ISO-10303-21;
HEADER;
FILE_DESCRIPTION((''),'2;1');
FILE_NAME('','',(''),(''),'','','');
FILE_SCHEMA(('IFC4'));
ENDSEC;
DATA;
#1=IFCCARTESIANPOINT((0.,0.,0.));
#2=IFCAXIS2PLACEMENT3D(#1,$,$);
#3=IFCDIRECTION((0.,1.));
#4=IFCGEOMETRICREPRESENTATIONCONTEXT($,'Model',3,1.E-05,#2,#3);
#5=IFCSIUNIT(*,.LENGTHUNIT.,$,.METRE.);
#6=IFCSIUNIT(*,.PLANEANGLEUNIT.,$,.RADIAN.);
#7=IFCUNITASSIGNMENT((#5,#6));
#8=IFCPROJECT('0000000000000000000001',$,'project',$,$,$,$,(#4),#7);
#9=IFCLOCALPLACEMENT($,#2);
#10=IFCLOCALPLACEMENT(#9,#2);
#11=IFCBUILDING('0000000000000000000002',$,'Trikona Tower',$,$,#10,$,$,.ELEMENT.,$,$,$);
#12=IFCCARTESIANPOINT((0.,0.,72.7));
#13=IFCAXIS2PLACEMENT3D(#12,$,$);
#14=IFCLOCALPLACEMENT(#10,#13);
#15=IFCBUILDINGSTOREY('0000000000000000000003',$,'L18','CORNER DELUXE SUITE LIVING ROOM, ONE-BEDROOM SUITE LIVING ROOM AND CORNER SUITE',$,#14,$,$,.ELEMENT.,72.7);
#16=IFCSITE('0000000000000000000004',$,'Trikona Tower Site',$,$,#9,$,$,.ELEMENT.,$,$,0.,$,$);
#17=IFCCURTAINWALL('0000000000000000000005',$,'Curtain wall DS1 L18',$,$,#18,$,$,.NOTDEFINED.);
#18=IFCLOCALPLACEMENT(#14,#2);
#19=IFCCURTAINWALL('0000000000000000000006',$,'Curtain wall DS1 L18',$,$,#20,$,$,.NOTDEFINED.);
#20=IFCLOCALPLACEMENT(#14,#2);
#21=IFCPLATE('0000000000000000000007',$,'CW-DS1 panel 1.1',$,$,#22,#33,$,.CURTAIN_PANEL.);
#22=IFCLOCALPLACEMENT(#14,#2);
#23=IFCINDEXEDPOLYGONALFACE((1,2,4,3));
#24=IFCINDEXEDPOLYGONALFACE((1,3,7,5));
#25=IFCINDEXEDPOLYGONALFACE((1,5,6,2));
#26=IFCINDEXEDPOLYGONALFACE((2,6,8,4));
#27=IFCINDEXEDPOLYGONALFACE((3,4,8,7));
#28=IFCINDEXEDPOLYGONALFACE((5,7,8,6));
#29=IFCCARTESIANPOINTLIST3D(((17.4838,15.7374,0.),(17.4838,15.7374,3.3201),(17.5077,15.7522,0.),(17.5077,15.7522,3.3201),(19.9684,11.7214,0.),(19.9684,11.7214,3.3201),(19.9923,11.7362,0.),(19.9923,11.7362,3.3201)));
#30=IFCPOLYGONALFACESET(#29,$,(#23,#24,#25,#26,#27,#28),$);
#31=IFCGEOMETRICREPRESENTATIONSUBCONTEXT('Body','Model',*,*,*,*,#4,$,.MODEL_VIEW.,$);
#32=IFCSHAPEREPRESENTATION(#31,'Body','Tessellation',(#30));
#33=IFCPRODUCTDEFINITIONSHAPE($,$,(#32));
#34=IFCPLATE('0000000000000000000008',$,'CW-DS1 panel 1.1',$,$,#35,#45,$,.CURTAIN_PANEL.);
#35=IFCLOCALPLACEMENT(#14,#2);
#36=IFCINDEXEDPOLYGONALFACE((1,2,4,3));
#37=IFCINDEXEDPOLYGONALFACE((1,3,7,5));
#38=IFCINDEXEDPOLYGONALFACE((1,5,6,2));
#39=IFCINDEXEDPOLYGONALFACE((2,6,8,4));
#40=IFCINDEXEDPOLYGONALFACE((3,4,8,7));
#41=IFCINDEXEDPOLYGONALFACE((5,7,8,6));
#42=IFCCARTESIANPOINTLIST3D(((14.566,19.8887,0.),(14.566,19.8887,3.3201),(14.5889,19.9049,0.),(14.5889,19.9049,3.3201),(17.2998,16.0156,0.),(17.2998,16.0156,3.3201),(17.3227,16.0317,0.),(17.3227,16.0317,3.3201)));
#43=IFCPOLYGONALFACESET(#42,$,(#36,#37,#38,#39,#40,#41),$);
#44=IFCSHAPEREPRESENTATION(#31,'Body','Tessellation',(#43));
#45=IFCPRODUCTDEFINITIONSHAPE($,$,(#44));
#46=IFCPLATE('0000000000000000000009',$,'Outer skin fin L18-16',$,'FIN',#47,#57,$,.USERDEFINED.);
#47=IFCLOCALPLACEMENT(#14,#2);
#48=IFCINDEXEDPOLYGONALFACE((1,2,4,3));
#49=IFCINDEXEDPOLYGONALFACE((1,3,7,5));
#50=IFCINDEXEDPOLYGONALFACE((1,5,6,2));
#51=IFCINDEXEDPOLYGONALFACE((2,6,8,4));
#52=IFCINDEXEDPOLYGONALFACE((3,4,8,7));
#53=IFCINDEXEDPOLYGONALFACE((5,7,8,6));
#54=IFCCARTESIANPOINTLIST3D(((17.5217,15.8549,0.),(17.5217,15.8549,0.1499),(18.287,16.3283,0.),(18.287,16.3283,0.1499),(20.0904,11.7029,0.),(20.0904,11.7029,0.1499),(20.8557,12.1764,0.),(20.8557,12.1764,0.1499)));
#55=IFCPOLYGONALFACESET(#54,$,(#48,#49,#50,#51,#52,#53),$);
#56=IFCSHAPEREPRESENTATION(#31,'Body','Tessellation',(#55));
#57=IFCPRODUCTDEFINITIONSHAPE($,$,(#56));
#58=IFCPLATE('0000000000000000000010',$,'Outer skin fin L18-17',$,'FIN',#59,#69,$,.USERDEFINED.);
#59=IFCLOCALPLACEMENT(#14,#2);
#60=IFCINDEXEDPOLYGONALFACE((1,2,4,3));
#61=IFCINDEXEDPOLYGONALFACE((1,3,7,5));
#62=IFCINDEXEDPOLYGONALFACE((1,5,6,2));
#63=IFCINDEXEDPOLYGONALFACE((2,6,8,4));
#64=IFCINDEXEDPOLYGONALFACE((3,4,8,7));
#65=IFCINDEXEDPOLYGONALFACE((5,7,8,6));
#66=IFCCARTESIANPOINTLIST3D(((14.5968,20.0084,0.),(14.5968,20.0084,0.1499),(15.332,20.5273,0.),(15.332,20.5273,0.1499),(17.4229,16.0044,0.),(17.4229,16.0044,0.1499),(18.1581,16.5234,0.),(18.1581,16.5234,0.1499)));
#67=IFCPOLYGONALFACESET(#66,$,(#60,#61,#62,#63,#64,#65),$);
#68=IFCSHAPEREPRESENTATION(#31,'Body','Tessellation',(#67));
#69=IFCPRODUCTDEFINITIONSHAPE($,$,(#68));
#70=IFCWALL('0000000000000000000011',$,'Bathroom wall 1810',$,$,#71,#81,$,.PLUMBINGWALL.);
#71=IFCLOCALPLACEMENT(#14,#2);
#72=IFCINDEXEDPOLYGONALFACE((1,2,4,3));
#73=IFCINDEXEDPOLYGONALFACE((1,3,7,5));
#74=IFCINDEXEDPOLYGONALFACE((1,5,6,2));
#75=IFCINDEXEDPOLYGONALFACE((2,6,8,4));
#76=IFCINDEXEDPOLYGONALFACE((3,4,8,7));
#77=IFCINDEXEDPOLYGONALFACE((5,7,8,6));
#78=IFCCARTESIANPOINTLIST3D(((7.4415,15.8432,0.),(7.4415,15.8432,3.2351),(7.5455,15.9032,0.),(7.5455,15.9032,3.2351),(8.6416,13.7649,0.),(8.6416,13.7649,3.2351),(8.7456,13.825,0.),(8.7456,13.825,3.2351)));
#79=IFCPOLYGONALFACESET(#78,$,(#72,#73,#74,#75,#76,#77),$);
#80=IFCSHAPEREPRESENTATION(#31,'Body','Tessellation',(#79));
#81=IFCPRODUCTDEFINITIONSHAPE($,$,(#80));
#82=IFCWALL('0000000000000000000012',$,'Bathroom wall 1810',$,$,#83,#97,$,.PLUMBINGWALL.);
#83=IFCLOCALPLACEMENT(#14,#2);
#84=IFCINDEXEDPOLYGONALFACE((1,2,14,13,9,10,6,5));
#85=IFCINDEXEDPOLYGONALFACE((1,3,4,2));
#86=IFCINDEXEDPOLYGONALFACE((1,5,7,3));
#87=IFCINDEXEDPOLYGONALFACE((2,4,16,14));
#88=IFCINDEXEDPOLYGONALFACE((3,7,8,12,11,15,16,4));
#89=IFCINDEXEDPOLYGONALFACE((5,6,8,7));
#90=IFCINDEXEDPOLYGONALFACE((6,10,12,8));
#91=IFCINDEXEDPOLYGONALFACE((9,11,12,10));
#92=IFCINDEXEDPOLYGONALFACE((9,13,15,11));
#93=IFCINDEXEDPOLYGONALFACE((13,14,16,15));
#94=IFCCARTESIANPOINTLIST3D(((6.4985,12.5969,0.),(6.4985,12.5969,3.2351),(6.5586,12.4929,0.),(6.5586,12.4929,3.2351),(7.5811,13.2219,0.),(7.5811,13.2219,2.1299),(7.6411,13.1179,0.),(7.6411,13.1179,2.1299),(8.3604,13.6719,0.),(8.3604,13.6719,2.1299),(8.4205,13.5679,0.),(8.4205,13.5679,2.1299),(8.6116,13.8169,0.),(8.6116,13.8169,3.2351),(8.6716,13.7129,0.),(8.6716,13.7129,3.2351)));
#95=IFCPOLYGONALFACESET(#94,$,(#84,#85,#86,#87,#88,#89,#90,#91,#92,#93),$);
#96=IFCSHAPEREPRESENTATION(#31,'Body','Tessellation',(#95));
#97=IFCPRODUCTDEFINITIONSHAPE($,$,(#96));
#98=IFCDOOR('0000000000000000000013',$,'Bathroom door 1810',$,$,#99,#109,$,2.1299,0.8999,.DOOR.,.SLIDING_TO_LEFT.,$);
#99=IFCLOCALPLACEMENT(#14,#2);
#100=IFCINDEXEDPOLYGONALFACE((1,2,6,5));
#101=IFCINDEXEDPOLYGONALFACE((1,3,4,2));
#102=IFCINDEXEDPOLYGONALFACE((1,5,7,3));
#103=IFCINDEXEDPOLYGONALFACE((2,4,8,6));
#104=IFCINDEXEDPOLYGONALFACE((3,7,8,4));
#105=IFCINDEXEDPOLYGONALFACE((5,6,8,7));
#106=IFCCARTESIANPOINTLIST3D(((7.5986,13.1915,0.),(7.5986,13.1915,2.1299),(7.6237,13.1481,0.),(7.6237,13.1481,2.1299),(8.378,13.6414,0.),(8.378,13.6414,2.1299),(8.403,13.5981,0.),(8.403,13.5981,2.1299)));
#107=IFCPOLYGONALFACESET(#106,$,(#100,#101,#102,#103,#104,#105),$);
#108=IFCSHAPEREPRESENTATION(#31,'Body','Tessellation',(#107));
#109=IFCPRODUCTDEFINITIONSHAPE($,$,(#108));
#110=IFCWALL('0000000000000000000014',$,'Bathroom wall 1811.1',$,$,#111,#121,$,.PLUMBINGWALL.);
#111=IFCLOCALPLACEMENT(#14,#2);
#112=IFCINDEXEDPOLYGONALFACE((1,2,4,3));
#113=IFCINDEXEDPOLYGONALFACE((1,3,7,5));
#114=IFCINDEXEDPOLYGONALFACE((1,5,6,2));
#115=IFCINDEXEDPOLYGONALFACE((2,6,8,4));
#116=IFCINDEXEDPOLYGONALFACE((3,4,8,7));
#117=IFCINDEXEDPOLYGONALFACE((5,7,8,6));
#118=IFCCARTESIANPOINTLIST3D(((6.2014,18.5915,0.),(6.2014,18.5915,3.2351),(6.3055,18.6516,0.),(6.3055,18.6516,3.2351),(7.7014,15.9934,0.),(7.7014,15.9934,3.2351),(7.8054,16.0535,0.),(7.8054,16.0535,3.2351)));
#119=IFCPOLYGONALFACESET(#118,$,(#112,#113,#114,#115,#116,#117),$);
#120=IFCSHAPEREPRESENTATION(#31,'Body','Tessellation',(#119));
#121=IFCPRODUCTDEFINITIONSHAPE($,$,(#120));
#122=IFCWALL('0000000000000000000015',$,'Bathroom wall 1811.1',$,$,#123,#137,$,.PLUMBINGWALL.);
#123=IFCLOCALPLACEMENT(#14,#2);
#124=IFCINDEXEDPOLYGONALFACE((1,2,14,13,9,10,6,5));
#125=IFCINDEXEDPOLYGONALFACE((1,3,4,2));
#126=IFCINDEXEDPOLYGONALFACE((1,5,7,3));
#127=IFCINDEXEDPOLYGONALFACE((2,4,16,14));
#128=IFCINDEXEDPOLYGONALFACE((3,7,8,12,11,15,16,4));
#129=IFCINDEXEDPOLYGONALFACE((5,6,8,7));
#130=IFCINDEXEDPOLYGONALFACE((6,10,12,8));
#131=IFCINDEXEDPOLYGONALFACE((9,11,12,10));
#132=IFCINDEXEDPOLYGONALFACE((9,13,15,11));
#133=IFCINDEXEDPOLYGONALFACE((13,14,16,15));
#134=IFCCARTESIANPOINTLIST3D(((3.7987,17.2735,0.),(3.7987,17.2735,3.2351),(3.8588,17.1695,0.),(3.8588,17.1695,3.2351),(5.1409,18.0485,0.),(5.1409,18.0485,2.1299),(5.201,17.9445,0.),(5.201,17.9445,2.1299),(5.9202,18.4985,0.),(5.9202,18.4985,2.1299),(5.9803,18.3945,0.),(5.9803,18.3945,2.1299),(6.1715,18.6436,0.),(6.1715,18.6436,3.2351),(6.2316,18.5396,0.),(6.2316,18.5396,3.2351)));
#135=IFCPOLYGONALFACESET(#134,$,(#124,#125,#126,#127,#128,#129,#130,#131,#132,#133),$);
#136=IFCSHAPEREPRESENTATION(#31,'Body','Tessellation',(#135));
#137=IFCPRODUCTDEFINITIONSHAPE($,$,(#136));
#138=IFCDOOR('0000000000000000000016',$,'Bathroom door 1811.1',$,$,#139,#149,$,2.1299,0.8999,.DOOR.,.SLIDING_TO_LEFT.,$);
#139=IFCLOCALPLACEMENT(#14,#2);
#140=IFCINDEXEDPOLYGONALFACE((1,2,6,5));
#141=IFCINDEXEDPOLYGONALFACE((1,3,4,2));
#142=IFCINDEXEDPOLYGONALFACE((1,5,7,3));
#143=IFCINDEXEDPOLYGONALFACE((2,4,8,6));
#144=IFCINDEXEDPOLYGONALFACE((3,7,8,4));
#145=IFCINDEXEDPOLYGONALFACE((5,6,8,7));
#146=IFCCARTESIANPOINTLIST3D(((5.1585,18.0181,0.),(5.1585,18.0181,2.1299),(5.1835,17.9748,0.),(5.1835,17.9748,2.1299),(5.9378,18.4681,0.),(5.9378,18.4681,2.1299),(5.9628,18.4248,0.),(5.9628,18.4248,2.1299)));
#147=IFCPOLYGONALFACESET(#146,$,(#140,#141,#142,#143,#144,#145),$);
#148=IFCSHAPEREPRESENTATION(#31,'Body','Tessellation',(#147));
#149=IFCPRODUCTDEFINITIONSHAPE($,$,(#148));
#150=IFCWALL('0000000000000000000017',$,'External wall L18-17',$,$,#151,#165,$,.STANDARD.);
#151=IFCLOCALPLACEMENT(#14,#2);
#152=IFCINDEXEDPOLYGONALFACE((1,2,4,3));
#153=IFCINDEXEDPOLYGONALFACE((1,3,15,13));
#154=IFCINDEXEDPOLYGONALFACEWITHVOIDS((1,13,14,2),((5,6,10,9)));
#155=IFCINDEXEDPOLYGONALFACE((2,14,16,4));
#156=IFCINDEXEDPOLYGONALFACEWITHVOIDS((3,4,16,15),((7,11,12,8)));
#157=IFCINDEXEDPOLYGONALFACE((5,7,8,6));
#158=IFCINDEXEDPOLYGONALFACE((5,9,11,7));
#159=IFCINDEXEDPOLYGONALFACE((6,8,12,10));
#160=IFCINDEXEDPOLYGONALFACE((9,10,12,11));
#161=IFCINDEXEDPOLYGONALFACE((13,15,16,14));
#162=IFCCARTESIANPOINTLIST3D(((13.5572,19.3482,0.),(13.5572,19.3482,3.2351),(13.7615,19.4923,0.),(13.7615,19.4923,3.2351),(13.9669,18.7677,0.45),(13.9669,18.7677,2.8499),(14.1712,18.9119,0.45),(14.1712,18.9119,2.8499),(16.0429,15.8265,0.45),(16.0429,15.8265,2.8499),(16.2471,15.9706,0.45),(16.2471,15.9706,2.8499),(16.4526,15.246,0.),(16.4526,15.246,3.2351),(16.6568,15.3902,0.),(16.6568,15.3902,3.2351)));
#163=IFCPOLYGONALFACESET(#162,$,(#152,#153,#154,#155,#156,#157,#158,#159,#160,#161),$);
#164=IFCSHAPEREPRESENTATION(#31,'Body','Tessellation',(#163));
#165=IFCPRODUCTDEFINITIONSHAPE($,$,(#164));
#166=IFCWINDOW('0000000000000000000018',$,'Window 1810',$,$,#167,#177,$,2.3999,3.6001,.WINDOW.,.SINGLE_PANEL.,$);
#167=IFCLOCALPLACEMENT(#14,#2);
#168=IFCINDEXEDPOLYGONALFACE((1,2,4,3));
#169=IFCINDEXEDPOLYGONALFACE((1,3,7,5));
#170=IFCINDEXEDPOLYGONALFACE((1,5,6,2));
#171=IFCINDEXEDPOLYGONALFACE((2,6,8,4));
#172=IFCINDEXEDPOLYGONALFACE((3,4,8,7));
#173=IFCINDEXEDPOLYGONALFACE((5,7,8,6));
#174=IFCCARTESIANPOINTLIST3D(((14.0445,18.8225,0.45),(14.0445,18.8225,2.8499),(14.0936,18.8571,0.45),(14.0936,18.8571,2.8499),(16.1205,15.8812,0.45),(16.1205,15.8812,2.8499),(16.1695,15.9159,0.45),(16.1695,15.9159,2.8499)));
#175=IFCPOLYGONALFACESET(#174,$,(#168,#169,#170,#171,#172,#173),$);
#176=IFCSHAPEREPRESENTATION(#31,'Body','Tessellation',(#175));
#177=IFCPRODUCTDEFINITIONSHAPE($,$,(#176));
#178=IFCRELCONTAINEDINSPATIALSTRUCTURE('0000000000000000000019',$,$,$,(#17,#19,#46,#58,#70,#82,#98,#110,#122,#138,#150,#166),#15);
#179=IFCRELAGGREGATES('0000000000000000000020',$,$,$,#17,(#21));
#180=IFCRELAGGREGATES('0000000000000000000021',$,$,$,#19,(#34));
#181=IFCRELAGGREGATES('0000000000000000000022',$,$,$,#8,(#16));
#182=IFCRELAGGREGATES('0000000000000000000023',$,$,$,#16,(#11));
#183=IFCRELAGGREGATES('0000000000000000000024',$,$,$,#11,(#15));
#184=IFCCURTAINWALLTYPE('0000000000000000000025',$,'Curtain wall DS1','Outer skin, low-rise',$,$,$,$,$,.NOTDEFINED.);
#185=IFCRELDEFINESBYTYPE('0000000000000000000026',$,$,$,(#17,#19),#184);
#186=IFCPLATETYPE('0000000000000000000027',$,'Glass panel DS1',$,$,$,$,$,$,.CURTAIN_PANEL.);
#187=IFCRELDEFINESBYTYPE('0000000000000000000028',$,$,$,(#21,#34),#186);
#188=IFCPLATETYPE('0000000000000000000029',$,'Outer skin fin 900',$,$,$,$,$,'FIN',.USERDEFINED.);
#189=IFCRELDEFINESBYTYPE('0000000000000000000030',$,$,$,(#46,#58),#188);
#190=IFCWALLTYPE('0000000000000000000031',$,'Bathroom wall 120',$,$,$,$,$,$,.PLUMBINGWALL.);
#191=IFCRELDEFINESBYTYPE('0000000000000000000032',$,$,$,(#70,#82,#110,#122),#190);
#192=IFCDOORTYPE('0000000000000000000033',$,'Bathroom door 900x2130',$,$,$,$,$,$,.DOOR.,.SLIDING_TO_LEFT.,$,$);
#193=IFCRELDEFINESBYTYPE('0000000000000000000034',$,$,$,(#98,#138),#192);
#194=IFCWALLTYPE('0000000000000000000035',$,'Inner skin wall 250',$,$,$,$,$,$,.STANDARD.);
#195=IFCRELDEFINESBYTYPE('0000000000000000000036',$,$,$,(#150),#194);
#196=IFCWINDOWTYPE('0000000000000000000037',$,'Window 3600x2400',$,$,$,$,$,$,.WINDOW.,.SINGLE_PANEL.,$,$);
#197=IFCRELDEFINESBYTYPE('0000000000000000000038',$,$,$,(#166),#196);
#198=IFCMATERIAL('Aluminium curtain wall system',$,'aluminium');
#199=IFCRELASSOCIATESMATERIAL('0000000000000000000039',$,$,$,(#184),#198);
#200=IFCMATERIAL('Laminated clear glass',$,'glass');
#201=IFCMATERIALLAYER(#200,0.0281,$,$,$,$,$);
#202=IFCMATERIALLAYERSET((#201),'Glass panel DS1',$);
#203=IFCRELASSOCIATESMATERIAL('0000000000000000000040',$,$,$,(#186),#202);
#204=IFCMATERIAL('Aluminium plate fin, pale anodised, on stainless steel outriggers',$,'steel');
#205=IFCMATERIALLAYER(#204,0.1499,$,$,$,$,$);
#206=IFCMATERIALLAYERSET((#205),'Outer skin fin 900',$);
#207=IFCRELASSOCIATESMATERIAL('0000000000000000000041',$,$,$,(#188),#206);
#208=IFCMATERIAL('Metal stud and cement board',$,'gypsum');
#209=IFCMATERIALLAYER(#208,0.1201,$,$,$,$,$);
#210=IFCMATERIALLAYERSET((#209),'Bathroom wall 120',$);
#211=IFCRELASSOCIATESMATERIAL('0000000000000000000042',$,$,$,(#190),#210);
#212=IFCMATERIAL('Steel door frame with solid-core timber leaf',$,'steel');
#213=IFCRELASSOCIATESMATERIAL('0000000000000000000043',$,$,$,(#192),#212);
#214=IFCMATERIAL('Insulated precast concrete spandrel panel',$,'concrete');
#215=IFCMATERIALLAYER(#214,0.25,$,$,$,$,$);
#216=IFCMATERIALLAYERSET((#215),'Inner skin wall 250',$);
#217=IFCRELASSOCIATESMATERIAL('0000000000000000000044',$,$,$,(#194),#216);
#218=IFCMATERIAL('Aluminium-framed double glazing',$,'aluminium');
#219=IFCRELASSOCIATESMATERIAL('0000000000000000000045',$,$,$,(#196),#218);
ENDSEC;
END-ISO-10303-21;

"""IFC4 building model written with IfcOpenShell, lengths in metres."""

from ifc_helpers import new_model, si_unit, direction, frame, frame_2d, origin, origin_2d, place, context, subcontext, project, spatial, rectangle, extrude, material, layer, layer_set, type_object, element, fill, aggregate, save


model = new_model("IFC4")

# Units and contexts
model_context = context("Model", 3, precision=1e-05, world=origin(), true_north=direction((0.0, 1.0)))
body_context = subcontext(model_context, "Body", "Model", "MODEL_VIEW")
ifc_project = project(units=[si_unit("LENGTHUNIT", "METRE"), si_unit("PLANEANGLEUNIT", "RADIAN")], contexts=[model_context])

# Site, building, storey
site_placement = place(None, origin())
site = spatial("IfcSite", under=ifc_project, at=site_placement, Name="Trikona Tower Site", CompositionType="ELEMENT", RefElevation=0.0)
building_placement = place(site_placement, origin())
building = spatial("IfcBuilding", under=site, at=building_placement, Name="Trikona Tower", CompositionType="ELEMENT")
storey_placement = place(building_placement, frame((0.0, 0.0, 72.7)))
storey = spatial("IfcBuildingStorey", under=building, at=storey_placement, Name="L18", Description="CORNER DELUXE SUITE LIVING ROOM, ONE-BEDROOM SUITE LIVING ROOM AND CORNER SUITE", CompositionType="ELEMENT", Elevation=72.7)

# Curtain walls
ifc_material_1 = material(Name="Aluminium curtain wall system", Category="aluminium")
curtain_wall_type = type_object("IfcCurtainWallType", Name="Curtain wall DS1", Description="Outer skin, low-rise", PredefinedType="NOTDEFINED", material=ifc_material_1)
curtain_wall_1_placement = place(storey_placement, origin())
curtain_wall_1 = element("IfcCurtainWall", 1, at=curtain_wall_1_placement, inside=storey, type_object=curtain_wall_type, Name="Curtain wall DS1 L18", PredefinedType="NOTDEFINED")
curtain_wall_2_placement = place(storey_placement, origin())
curtain_wall_2 = element("IfcCurtainWall", 2, at=curtain_wall_2_placement, inside=storey, type_object=curtain_wall_type, Name="Curtain wall DS1 L18", PredefinedType="NOTDEFINED")

# Plates
ifc_material_2 = material(Name="Laminated clear glass", Category="glass")
ifc_layer_1 = layer(ifc_material_2, 0.0281)
ifc_layer_set_1 = layer_set([ifc_layer_1], Name="Glass panel DS1")
plate_type_1 = type_object("IfcPlateType", Name="Glass panel DS1", PredefinedType="CURTAIN_PANEL", material=ifc_layer_set_1)
plate_1_placement = place(storey_placement, frame((18.738, 13.7368, 0.0), z_axis=(0.0, 0.0, 1.0), x_axis=(-0.52612, 0.85041, 0.0)))
plate_1 = element("IfcPlate", 3, at=plate_1_placement, type_object=plate_type_1, Name="CW-DS1 panel 1.1", PredefinedType="CURTAIN_PANEL", context=body_context, shape_type="SweptSolid", body=[
    extrude(rectangle(XDim=4.7224, YDim=0.0281, at=origin_2d()), origin(), (0.0, 0.0, 1.0), 3.3201),
])
aggregate(curtain_wall_1, [plate_1])
plate_2_placement = place(storey_placement, frame((15.9443, 17.9602, 0.0), z_axis=(0.0, 0.0, 1.0), x_axis=(-0.576658, 0.816985, 0.0)))
plate_2 = element("IfcPlate", 4, at=plate_2_placement, type_object=plate_type_1, Name="CW-DS1 panel 1.1", PredefinedType="CURTAIN_PANEL", context=body_context, shape_type="SweptSolid", body=[
    extrude(rectangle(XDim=4.7407, YDim=0.0281, at=origin_2d()), origin(), (0.0, 0.0, 1.0), 3.3201),
])
aggregate(curtain_wall_2, [plate_2])

# Plates
ifc_material_3 = material(Name="Aluminium plate fin, pale anodised, on stainless steel outriggers", Category="steel")
ifc_layer_2 = layer(ifc_material_3, 0.1499)
ifc_layer_set_2 = layer_set([ifc_layer_2], Name="Outer skin fin 900")
plate_type_2 = type_object("IfcPlateType", Name="Outer skin fin 900", ElementType="FIN", PredefinedType="USERDEFINED", material=ifc_layer_set_2)
plate_3_placement = place(storey_placement, frame((19.1887, 14.0156, 0.0), z_axis=(0.0, 0.0, 1.0), x_axis=(-0.526119, 0.850411, 0.0)))
element("IfcPlate", 5, at=plate_3_placement, inside=storey, type_object=plate_type_2, Name="Outer skin fin L18-16", ObjectType="FIN", PredefinedType="USERDEFINED", context=body_context, shape_type="SweptSolid", body=[
    extrude(rectangle(XDim=4.8823, YDim=0.8999, at=origin_2d()), origin(), (0.0, 0.0, 1.0), 0.1499),
])
plate_4_placement = place(storey_placement, frame((16.3774, 18.2659, 0.0), z_axis=(0.0, 0.0, 1.0), x_axis=(-0.576662, 0.816983, 0.0)))
element("IfcPlate", 6, at=plate_4_placement, inside=storey, type_object=plate_type_2, Name="Outer skin fin L18-17", ObjectType="FIN", PredefinedType="USERDEFINED", context=body_context, shape_type="SweptSolid", body=[
    extrude(rectangle(XDim=4.9009, YDim=0.8999, at=origin_2d()), origin(), (0.0, 0.0, 1.0), 0.1499),
])

# Wall
ifc_material_4 = material(Name="Metal stud and cement board", Category="gypsum")
ifc_layer_3 = layer(ifc_material_4, 0.1201)
ifc_layer_set_3 = layer_set([ifc_layer_3], Name="Bathroom wall 120")
wall_type_1 = type_object("IfcWallType", Name="Bathroom wall 120", PredefinedType="PLUMBINGWALL", material=ifc_layer_set_3)
wall_1_placement = place(storey_placement, frame((8.6936, 13.7949, 0.0), z_axis=(0.0, 0.0, 1.0), x_axis=(-0.500078, 0.865981, 0.0)))
element("IfcWall", 7, at=wall_1_placement, inside=storey, type_object=wall_type_1, Name="Bathroom wall 1810", PredefinedType="PLUMBINGWALL", context=body_context, shape_type="SweptSolid", body=[
    extrude(rectangle(XDim=2.3999, YDim=0.1201, at=frame_2d((1.2, 0.0))), origin(), (0.0, 0.0, 1.0), 3.2351),
])

# Wall, opening, door
wall_2_placement = place(storey_placement, frame((6.5286, 12.5449, 0.0), z_axis=(0.0, 0.0, 1.0), x_axis=(0.866024, 0.500003, 0.0)))
wall_2 = element("IfcWall", 8, at=wall_2_placement, inside=storey, type_object=wall_type_1, Name="Bathroom wall 1810", PredefinedType="PLUMBINGWALL", context=body_context, shape_type="SweptSolid", body=[
    extrude(rectangle(XDim=2.4399, YDim=0.1201, at=frame_2d((1.22, 0.0))), origin(), (0.0, 0.0, 1.0), 3.2351),
])
opening_1_placement = place(wall_2_placement, frame((1.25, 0.0, 0.0)))
opening_1 = element("IfcOpeningElement", 9, at=opening_1_placement, cuts=wall_2, PredefinedType="OPENING", context=body_context, shape_type="SweptSolid", body=[
    extrude(rectangle(XDim=0.8999, YDim=2.1299, at=frame_2d((0.45, 1.0649))), frame((0.0, 0.0701, 0.0), z_axis=(0.0, -1.0, 0.0), x_axis=(1.0, 0.0, 0.0)), (0.0, 0.0, 1.0), 0.1401),
])
ifc_material_5 = material(Name="Steel door frame with solid-core timber leaf", Category="steel")
door_type_1 = type_object("IfcDoorType", Name="Bathroom door 900x2130", OperationType="SLIDING_TO_LEFT", PredefinedType="DOOR", material=ifc_material_5)
door_1_placement = place(opening_1_placement, origin())
door_1 = element("IfcDoor", 10, at=door_1_placement, inside=storey, type_object=door_type_1, Name="Bathroom door 1810", OperationType="SLIDING_TO_LEFT", OverallHeight=2.1299, OverallWidth=0.8999, PredefinedType="DOOR", context=body_context, shape_type="SweptSolid", body=[
    extrude(rectangle(XDim=0.8999, YDim=2.1299, at=frame_2d((0.45, 1.0649))), frame((0.0, 0.0249, 0.0), z_axis=(0.0, -1.0, 0.0), x_axis=(1.0, 0.0, 0.0)), (0.0, 0.0, 1.0), 0.05),
])
fill(opening_1, door_1)

# Wall
wall_3_placement = place(storey_placement, frame((7.7534, 16.0234, 0.0), z_axis=(0.0, 0.0, 1.0), x_axis=(-0.49999, 0.866031, 0.0)))
element("IfcWall", 11, at=wall_3_placement, inside=storey, type_object=wall_type_1, Name="Bathroom wall 1811.1", PredefinedType="PLUMBINGWALL", context=body_context, shape_type="SweptSolid", body=[
    extrude(rectangle(XDim=3.0, YDim=0.1201, at=frame_2d((1.5, 0.0))), origin(), (0.0, 0.0, 1.0), 3.2351),
])

# Wall, opening, door
wall_4_placement = place(storey_placement, frame((3.8286, 17.2214, 0.0), z_axis=(0.0, 0.0, 1.0), x_axis=(0.865997, 0.500049, 0.0)))
wall_4 = element("IfcWall", 12, at=wall_4_placement, inside=storey, type_object=wall_type_1, Name="Bathroom wall 1811.1", PredefinedType="PLUMBINGWALL", context=body_context, shape_type="SweptSolid", body=[
    extrude(rectangle(XDim=2.74, YDim=0.1201, at=frame_2d((1.3701, 0.0))), origin(), (0.0, 0.0, 1.0), 3.2351),
])
opening_2_placement = place(wall_4_placement, frame((1.55, 0.0, 0.0)))
opening_2 = element("IfcOpeningElement", 13, at=opening_2_placement, cuts=wall_4, PredefinedType="OPENING", context=body_context, shape_type="SweptSolid", body=[
    extrude(rectangle(XDim=0.8999, YDim=2.1299, at=frame_2d((0.45, 1.0649))), frame((0.0, 0.0701, 0.0), z_axis=(0.0, -1.0, 0.0), x_axis=(1.0, 0.0, 0.0)), (0.0, 0.0, 1.0), 0.1401),
])
door_2_placement = place(opening_2_placement, origin())
door_2 = element("IfcDoor", 14, at=door_2_placement, inside=storey, type_object=door_type_1, Name="Bathroom door 1811.1", OperationType="SLIDING_TO_LEFT", OverallHeight=2.1299, OverallWidth=0.8999, PredefinedType="DOOR", context=body_context, shape_type="SweptSolid", body=[
    extrude(rectangle(XDim=0.8999, YDim=2.1299, at=frame_2d((0.45, 1.0649))), frame((0.0, 0.0249, 0.0), z_axis=(0.0, -1.0, 0.0), x_axis=(1.0, 0.0, 0.0)), (0.0, 0.0, 1.0), 0.05),
])
fill(opening_2, door_2)

# Wall, opening, window
ifc_material_6 = material(Name="Insulated precast concrete spandrel panel", Category="concrete")
ifc_layer_4 = layer(ifc_material_6, 0.25)
ifc_layer_set_4 = layer_set([ifc_layer_4], Name="Inner skin wall 250")
wall_type_2 = type_object("IfcWallType", Name="Inner skin wall 250", PredefinedType="STANDARD", material=ifc_layer_set_4)
wall_5_placement = place(storey_placement, frame((16.5547, 15.3181, 0.0), z_axis=(0.0, 0.0, 1.0), x_axis=(-0.576643, 0.816996, 0.0)))
wall_5 = element("IfcWall", 15, at=wall_5_placement, inside=storey, type_object=wall_type_2, Name="External wall L18-17", PredefinedType="STANDARD", context=body_context, shape_type="SweptSolid", body=[
    extrude(rectangle(XDim=5.021, YDim=0.25, at=frame_2d((2.5105, 0.0))), origin(), (0.0, 0.0, 1.0), 3.2351),
])
opening_3_placement = place(wall_5_placement, frame((0.7104, 0.0, 0.45)))
opening_3 = element("IfcOpeningElement", 16, at=opening_3_placement, cuts=wall_5, PredefinedType="OPENING", context=body_context, shape_type="SweptSolid", body=[
    extrude(rectangle(XDim=3.6001, YDim=2.3999, at=frame_2d((1.8, 1.2))), frame((0.0, 0.135, 0.0), z_axis=(0.0, -1.0, 0.0), x_axis=(1.0, 0.0, 0.0)), (0.0, 0.0, 1.0), 0.27),
])
ifc_material_7 = material(Name="Aluminium-framed double glazing", Category="aluminium")
window_type = type_object("IfcWindowType", Name="Window 3600x2400", PartitioningType="SINGLE_PANEL", PredefinedType="WINDOW", material=ifc_material_7)
window_1_placement = place(opening_3_placement, origin())
window_1 = element("IfcWindow", 17, at=window_1_placement, inside=storey, type_object=window_type, Name="Window 1810", OverallHeight=2.3999, OverallWidth=3.6001, PartitioningType="SINGLE_PANEL", PredefinedType="WINDOW", context=body_context, shape_type="SweptSolid", body=[
    extrude(rectangle(XDim=3.6001, YDim=2.3999, at=frame_2d((1.8, 1.2))), frame((0.0, 0.03, 0.0), z_axis=(0.0, -1.0, 0.0), x_axis=(1.0, 0.0, 0.0)), (0.0, 0.0, 1.0), 0.0601),
])
fill(opening_3, window_1)

save(model, "model.ifc")
